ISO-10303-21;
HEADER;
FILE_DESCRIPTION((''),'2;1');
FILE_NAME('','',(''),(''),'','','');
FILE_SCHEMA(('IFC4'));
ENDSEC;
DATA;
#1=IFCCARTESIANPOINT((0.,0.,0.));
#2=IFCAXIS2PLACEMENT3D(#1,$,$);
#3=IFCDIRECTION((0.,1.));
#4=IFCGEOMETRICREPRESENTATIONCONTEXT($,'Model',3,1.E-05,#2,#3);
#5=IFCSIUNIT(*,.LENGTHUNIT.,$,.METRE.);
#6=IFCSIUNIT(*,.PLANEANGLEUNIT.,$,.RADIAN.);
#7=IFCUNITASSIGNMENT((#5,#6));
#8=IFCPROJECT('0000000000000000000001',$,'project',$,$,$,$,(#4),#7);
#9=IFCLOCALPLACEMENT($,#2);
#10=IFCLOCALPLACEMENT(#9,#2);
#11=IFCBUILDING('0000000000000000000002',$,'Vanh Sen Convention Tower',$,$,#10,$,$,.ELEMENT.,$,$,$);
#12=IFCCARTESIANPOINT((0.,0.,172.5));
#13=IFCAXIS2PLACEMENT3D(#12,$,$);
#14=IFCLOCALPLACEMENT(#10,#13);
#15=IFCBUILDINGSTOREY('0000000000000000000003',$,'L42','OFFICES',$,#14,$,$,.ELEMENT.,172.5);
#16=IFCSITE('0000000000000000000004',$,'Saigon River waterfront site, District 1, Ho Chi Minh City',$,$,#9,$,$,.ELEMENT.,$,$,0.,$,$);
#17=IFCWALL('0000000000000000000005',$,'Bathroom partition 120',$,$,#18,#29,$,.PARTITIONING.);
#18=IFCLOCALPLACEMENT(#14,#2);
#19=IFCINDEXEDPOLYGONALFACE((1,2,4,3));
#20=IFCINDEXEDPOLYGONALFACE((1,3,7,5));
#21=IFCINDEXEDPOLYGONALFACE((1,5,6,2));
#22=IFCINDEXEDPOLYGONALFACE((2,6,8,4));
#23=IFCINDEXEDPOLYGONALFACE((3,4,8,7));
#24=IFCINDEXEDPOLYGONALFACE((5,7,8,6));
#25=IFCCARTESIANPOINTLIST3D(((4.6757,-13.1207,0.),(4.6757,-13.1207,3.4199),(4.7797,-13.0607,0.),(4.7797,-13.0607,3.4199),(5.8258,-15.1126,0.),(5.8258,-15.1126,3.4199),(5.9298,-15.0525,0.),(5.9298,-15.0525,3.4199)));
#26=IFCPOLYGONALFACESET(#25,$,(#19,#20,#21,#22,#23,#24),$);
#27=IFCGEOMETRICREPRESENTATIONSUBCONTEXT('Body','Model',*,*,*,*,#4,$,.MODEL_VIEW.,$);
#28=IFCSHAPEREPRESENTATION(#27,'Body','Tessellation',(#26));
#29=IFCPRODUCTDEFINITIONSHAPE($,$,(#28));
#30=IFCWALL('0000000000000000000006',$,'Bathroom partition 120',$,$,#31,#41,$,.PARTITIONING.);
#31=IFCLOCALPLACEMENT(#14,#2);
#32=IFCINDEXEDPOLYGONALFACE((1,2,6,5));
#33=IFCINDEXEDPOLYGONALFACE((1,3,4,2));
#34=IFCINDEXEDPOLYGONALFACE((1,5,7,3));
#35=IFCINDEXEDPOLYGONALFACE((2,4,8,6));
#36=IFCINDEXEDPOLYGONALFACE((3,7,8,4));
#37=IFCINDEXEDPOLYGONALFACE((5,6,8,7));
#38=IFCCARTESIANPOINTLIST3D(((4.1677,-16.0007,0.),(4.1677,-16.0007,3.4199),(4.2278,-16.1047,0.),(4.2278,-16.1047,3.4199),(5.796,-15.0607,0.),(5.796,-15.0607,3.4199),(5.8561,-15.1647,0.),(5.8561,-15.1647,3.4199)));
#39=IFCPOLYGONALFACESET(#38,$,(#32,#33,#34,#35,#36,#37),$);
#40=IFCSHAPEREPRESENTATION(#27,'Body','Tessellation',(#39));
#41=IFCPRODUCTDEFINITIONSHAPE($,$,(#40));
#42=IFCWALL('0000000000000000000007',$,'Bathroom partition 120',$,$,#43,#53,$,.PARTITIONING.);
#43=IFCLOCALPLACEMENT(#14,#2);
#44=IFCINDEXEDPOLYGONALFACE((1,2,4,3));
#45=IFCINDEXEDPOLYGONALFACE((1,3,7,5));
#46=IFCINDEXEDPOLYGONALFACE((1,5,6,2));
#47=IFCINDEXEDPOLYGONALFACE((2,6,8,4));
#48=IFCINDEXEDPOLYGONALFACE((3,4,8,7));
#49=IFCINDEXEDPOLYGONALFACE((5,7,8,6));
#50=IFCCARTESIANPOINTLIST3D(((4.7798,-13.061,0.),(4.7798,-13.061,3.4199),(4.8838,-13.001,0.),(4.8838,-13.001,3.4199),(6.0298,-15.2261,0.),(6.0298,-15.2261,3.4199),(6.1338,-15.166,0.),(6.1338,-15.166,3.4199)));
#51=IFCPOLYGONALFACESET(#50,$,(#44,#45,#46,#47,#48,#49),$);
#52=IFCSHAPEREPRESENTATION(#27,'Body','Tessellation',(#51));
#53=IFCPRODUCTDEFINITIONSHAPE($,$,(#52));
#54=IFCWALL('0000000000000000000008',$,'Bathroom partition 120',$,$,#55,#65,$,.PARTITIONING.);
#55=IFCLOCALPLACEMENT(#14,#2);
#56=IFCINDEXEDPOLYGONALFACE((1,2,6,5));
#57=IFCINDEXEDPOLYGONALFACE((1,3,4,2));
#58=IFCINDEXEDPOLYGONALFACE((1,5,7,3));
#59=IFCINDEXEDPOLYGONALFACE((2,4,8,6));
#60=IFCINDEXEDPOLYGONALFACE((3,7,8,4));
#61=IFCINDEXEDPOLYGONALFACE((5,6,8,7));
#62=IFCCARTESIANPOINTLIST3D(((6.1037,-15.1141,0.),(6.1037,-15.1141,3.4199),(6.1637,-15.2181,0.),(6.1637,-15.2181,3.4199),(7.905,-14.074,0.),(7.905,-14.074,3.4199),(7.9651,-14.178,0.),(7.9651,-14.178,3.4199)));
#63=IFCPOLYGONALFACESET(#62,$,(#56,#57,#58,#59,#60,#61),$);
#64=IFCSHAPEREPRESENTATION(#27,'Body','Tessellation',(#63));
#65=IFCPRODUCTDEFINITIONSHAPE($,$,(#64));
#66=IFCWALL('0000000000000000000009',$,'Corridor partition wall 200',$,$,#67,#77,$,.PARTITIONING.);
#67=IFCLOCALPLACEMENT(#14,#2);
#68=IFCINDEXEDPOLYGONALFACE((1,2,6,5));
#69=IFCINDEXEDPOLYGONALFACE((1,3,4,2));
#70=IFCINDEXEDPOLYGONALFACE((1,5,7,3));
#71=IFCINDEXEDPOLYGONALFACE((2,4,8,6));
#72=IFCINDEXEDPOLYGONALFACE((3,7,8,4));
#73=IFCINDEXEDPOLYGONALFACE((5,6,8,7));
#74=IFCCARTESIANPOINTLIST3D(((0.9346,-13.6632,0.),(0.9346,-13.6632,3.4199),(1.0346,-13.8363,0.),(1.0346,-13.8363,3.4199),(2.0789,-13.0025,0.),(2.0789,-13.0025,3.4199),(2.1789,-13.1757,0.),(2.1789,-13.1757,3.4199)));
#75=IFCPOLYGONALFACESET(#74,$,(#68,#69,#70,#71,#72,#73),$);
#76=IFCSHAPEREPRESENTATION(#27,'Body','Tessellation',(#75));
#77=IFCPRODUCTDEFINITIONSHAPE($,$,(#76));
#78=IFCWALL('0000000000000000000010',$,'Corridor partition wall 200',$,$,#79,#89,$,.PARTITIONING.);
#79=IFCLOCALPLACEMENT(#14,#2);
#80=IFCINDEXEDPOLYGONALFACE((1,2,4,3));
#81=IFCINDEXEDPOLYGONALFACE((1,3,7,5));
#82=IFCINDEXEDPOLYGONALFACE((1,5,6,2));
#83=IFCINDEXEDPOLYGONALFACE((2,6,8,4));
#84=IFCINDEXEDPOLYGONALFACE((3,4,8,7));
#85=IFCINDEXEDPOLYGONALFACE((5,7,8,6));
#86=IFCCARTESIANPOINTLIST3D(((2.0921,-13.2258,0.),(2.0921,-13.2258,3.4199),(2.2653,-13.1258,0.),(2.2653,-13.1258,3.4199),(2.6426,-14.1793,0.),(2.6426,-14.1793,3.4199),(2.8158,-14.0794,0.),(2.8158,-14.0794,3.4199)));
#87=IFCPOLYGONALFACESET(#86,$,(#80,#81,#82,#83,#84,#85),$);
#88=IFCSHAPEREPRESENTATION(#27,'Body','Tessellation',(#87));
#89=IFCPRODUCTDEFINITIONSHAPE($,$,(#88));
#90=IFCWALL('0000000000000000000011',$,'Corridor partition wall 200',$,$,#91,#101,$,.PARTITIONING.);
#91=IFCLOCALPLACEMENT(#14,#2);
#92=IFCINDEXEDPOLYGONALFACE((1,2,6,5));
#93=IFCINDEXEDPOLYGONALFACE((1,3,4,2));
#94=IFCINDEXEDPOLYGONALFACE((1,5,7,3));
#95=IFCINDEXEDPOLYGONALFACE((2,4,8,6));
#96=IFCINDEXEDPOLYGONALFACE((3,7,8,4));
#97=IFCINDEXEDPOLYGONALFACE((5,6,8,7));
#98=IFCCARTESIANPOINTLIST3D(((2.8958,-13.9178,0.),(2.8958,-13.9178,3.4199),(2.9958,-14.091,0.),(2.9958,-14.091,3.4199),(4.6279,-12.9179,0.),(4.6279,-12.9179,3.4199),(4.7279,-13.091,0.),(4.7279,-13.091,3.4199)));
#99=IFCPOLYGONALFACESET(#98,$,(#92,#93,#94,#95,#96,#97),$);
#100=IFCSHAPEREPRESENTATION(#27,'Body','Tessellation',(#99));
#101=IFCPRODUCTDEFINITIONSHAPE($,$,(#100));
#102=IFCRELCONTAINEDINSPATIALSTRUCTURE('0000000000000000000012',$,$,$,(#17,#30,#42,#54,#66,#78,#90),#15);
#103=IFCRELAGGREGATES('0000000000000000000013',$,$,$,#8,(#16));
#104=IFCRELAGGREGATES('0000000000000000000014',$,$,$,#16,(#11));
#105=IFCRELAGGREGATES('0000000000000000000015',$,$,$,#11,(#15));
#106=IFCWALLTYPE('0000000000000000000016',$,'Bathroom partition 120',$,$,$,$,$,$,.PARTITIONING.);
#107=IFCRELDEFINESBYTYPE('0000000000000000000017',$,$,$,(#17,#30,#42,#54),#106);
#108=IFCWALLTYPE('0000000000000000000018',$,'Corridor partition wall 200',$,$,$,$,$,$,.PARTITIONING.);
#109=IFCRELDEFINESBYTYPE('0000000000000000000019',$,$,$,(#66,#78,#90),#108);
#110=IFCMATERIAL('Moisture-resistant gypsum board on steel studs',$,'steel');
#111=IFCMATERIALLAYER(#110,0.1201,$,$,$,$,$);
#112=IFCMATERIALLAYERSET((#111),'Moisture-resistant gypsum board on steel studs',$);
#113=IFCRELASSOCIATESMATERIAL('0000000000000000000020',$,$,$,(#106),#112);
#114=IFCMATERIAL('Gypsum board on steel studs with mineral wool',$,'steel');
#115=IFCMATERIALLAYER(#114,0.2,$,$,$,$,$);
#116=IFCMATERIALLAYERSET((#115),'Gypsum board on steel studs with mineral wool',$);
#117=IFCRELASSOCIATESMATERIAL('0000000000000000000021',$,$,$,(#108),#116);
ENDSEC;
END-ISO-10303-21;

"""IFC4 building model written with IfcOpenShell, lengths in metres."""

from ifc_helpers import new_model, si_unit, direction, frame, frame_2d, origin, place, context, subcontext, project, spatial, rectangle, extrude, material, layer, layer_set, type_object, element, save


model = new_model("IFC4")

# Units and contexts
model_context = context("Model", 3, precision=1e-05, world=origin(), true_north=direction((0.0, 1.0)))
body_context = subcontext(model_context, "Body", "Model", "MODEL_VIEW")
ifc_project = project(units=[si_unit("LENGTHUNIT", "METRE"), si_unit("PLANEANGLEUNIT", "RADIAN")], contexts=[model_context])

# Site, building, storey
site_placement = place(None, origin())
site = spatial("IfcSite", under=ifc_project, at=site_placement, Name="Saigon River waterfront site, District 1, Ho Chi Minh City", CompositionType="ELEMENT", RefElevation=0.0)
building_placement = place(site_placement, origin())
building = spatial("IfcBuilding", under=site, at=building_placement, Name="Vanh Sen Convention Tower", CompositionType="ELEMENT")
storey_placement = place(building_placement, frame((0.0, 0.0, 172.5)))
storey = spatial("IfcBuildingStorey", under=building, at=storey_placement, Name="L42", Description="OFFICES", CompositionType="ELEMENT", Elevation=172.5)

# Shared definitions
ifc_material_1 = material(Name="Moisture-resistant gypsum board on steel studs", Category="steel")
ifc_layer_1 = layer(ifc_material_1, 0.1201)
ifc_layer_set_1 = layer_set([ifc_layer_1], Name="Moisture-resistant gypsum board on steel studs")
wall_type_1 = type_object("IfcWallType", Name="Bathroom partition 120", PredefinedType="PARTITIONING", material=ifc_layer_set_1)

# Walls
wall_1_placement = place(storey_placement, frame((4.7278, -13.0908, 0.0), z_axis=(0.0, 0.0, 1.0), x_axis=(0.500032, -0.866007, 0.0)))
element("IfcWall", 1, at=wall_1_placement, inside=storey, type_object=wall_type_1, Name="Bathroom partition 120", PredefinedType="PARTITIONING", context=body_context, shape_type="SweptSolid", body=[
    extrude(rectangle(XDim=2.3, YDim=0.1201, at=frame_2d((1.1499, 0.0))), origin(), (0.0, 0.0, 1.0), 3.4199),
])
wall_2_placement = place(storey_placement, frame((5.8259, -15.1128, 0.0), z_axis=(0.0, 0.0, 1.0), x_axis=(-0.866045, -0.499966, 0.0)))
element("IfcWall", 2, at=wall_2_placement, inside=storey, type_object=wall_type_1, Name="Bathroom partition 120", PredefinedType="PARTITIONING", context=body_context, shape_type="SweptSolid", body=[
    extrude(rectangle(XDim=1.8801, YDim=0.1201, at=frame_2d((0.9399, 0.0))), origin(), (0.0, 0.0, 1.0), 3.4199),
])
wall_3_placement = place(storey_placement, frame((6.0818, -15.196, 0.0), z_axis=(0.0, 0.0, 1.0), x_axis=(-0.500004, 0.866023, 0.0)))
element("IfcWall", 3, at=wall_3_placement, inside=storey, type_object=wall_type_1, Name="Bathroom partition 120", PredefinedType="PARTITIONING", context=body_context, shape_type="SweptSolid", body=[
    extrude(rectangle(XDim=2.5, YDim=0.1201, at=frame_2d((1.25, 0.0))), origin(), (0.0, 0.0, 1.0), 3.4199),
])
wall_4_placement = place(storey_placement, frame((7.9351, -14.126, 0.0), z_axis=(0.0, 0.0, 1.0), x_axis=(-0.86601, -0.500027, 0.0)))
element("IfcWall", 4, at=wall_4_placement, inside=storey, type_object=wall_type_1, Name="Bathroom partition 120", PredefinedType="PARTITIONING", context=body_context, shape_type="SweptSolid", body=[
    extrude(rectangle(XDim=2.0801, YDim=0.1201, at=frame_2d((1.04, 0.0))), origin(), (0.0, 0.0, 1.0), 3.4199),
])
ifc_material_2 = material(Name="Gypsum board on steel studs with mineral wool", Category="steel")
ifc_layer_2 = layer(ifc_material_2, 0.2)
ifc_layer_set_2 = layer_set([ifc_layer_2], Name="Gypsum board on steel studs with mineral wool")
wall_type_2 = type_object("IfcWallType", Name="Corridor partition wall 200", PredefinedType="PARTITIONING", material=ifc_layer_set_2)
wall_5_placement = place(storey_placement, frame((0.9846, -13.7498, 0.0), z_axis=(0.0, 0.0, 1.0), x_axis=(0.866029, 0.499994, 0.0)))
element("IfcWall", 5, at=wall_5_placement, inside=storey, type_object=wall_type_2, Name="Corridor partition wall 200", PredefinedType="PARTITIONING", context=body_context, shape_type="SweptSolid", body=[
    extrude(rectangle(XDim=1.3213, YDim=0.2, at=frame_2d((0.6606, 0.0))), origin(), (0.0, 0.0, 1.0), 3.4199),
])
wall_6_placement = place(storey_placement, frame((2.1787, -13.1758, 0.0), z_axis=(0.0, 0.0, 1.0), x_axis=(0.499978, -0.866038, 0.0)))
element("IfcWall", 6, at=wall_6_placement, inside=storey, type_object=wall_type_2, Name="Corridor partition wall 200", PredefinedType="PARTITIONING", context=body_context, shape_type="SweptSolid", body=[
    extrude(rectangle(XDim=1.1011, YDim=0.2, at=frame_2d((0.5505, 0.0))), origin(), (0.0, 0.0, 1.0), 3.4199),
])
wall_7_placement = place(storey_placement, frame((2.9458, -14.0044, 0.0), z_axis=(0.0, 0.0, 1.0), x_axis=(0.866041, 0.499973, 0.0)))
element("IfcWall", 7, at=wall_7_placement, inside=storey, type_object=wall_type_2, Name="Corridor partition wall 200", PredefinedType="PARTITIONING", context=body_context, shape_type="SweptSolid", body=[
    extrude(rectangle(XDim=2.0, YDim=0.2, at=frame_2d((1.0, 0.0))), origin(), (0.0, 0.0, 1.0), 3.4199),
])

save(model, "model.ifc")
